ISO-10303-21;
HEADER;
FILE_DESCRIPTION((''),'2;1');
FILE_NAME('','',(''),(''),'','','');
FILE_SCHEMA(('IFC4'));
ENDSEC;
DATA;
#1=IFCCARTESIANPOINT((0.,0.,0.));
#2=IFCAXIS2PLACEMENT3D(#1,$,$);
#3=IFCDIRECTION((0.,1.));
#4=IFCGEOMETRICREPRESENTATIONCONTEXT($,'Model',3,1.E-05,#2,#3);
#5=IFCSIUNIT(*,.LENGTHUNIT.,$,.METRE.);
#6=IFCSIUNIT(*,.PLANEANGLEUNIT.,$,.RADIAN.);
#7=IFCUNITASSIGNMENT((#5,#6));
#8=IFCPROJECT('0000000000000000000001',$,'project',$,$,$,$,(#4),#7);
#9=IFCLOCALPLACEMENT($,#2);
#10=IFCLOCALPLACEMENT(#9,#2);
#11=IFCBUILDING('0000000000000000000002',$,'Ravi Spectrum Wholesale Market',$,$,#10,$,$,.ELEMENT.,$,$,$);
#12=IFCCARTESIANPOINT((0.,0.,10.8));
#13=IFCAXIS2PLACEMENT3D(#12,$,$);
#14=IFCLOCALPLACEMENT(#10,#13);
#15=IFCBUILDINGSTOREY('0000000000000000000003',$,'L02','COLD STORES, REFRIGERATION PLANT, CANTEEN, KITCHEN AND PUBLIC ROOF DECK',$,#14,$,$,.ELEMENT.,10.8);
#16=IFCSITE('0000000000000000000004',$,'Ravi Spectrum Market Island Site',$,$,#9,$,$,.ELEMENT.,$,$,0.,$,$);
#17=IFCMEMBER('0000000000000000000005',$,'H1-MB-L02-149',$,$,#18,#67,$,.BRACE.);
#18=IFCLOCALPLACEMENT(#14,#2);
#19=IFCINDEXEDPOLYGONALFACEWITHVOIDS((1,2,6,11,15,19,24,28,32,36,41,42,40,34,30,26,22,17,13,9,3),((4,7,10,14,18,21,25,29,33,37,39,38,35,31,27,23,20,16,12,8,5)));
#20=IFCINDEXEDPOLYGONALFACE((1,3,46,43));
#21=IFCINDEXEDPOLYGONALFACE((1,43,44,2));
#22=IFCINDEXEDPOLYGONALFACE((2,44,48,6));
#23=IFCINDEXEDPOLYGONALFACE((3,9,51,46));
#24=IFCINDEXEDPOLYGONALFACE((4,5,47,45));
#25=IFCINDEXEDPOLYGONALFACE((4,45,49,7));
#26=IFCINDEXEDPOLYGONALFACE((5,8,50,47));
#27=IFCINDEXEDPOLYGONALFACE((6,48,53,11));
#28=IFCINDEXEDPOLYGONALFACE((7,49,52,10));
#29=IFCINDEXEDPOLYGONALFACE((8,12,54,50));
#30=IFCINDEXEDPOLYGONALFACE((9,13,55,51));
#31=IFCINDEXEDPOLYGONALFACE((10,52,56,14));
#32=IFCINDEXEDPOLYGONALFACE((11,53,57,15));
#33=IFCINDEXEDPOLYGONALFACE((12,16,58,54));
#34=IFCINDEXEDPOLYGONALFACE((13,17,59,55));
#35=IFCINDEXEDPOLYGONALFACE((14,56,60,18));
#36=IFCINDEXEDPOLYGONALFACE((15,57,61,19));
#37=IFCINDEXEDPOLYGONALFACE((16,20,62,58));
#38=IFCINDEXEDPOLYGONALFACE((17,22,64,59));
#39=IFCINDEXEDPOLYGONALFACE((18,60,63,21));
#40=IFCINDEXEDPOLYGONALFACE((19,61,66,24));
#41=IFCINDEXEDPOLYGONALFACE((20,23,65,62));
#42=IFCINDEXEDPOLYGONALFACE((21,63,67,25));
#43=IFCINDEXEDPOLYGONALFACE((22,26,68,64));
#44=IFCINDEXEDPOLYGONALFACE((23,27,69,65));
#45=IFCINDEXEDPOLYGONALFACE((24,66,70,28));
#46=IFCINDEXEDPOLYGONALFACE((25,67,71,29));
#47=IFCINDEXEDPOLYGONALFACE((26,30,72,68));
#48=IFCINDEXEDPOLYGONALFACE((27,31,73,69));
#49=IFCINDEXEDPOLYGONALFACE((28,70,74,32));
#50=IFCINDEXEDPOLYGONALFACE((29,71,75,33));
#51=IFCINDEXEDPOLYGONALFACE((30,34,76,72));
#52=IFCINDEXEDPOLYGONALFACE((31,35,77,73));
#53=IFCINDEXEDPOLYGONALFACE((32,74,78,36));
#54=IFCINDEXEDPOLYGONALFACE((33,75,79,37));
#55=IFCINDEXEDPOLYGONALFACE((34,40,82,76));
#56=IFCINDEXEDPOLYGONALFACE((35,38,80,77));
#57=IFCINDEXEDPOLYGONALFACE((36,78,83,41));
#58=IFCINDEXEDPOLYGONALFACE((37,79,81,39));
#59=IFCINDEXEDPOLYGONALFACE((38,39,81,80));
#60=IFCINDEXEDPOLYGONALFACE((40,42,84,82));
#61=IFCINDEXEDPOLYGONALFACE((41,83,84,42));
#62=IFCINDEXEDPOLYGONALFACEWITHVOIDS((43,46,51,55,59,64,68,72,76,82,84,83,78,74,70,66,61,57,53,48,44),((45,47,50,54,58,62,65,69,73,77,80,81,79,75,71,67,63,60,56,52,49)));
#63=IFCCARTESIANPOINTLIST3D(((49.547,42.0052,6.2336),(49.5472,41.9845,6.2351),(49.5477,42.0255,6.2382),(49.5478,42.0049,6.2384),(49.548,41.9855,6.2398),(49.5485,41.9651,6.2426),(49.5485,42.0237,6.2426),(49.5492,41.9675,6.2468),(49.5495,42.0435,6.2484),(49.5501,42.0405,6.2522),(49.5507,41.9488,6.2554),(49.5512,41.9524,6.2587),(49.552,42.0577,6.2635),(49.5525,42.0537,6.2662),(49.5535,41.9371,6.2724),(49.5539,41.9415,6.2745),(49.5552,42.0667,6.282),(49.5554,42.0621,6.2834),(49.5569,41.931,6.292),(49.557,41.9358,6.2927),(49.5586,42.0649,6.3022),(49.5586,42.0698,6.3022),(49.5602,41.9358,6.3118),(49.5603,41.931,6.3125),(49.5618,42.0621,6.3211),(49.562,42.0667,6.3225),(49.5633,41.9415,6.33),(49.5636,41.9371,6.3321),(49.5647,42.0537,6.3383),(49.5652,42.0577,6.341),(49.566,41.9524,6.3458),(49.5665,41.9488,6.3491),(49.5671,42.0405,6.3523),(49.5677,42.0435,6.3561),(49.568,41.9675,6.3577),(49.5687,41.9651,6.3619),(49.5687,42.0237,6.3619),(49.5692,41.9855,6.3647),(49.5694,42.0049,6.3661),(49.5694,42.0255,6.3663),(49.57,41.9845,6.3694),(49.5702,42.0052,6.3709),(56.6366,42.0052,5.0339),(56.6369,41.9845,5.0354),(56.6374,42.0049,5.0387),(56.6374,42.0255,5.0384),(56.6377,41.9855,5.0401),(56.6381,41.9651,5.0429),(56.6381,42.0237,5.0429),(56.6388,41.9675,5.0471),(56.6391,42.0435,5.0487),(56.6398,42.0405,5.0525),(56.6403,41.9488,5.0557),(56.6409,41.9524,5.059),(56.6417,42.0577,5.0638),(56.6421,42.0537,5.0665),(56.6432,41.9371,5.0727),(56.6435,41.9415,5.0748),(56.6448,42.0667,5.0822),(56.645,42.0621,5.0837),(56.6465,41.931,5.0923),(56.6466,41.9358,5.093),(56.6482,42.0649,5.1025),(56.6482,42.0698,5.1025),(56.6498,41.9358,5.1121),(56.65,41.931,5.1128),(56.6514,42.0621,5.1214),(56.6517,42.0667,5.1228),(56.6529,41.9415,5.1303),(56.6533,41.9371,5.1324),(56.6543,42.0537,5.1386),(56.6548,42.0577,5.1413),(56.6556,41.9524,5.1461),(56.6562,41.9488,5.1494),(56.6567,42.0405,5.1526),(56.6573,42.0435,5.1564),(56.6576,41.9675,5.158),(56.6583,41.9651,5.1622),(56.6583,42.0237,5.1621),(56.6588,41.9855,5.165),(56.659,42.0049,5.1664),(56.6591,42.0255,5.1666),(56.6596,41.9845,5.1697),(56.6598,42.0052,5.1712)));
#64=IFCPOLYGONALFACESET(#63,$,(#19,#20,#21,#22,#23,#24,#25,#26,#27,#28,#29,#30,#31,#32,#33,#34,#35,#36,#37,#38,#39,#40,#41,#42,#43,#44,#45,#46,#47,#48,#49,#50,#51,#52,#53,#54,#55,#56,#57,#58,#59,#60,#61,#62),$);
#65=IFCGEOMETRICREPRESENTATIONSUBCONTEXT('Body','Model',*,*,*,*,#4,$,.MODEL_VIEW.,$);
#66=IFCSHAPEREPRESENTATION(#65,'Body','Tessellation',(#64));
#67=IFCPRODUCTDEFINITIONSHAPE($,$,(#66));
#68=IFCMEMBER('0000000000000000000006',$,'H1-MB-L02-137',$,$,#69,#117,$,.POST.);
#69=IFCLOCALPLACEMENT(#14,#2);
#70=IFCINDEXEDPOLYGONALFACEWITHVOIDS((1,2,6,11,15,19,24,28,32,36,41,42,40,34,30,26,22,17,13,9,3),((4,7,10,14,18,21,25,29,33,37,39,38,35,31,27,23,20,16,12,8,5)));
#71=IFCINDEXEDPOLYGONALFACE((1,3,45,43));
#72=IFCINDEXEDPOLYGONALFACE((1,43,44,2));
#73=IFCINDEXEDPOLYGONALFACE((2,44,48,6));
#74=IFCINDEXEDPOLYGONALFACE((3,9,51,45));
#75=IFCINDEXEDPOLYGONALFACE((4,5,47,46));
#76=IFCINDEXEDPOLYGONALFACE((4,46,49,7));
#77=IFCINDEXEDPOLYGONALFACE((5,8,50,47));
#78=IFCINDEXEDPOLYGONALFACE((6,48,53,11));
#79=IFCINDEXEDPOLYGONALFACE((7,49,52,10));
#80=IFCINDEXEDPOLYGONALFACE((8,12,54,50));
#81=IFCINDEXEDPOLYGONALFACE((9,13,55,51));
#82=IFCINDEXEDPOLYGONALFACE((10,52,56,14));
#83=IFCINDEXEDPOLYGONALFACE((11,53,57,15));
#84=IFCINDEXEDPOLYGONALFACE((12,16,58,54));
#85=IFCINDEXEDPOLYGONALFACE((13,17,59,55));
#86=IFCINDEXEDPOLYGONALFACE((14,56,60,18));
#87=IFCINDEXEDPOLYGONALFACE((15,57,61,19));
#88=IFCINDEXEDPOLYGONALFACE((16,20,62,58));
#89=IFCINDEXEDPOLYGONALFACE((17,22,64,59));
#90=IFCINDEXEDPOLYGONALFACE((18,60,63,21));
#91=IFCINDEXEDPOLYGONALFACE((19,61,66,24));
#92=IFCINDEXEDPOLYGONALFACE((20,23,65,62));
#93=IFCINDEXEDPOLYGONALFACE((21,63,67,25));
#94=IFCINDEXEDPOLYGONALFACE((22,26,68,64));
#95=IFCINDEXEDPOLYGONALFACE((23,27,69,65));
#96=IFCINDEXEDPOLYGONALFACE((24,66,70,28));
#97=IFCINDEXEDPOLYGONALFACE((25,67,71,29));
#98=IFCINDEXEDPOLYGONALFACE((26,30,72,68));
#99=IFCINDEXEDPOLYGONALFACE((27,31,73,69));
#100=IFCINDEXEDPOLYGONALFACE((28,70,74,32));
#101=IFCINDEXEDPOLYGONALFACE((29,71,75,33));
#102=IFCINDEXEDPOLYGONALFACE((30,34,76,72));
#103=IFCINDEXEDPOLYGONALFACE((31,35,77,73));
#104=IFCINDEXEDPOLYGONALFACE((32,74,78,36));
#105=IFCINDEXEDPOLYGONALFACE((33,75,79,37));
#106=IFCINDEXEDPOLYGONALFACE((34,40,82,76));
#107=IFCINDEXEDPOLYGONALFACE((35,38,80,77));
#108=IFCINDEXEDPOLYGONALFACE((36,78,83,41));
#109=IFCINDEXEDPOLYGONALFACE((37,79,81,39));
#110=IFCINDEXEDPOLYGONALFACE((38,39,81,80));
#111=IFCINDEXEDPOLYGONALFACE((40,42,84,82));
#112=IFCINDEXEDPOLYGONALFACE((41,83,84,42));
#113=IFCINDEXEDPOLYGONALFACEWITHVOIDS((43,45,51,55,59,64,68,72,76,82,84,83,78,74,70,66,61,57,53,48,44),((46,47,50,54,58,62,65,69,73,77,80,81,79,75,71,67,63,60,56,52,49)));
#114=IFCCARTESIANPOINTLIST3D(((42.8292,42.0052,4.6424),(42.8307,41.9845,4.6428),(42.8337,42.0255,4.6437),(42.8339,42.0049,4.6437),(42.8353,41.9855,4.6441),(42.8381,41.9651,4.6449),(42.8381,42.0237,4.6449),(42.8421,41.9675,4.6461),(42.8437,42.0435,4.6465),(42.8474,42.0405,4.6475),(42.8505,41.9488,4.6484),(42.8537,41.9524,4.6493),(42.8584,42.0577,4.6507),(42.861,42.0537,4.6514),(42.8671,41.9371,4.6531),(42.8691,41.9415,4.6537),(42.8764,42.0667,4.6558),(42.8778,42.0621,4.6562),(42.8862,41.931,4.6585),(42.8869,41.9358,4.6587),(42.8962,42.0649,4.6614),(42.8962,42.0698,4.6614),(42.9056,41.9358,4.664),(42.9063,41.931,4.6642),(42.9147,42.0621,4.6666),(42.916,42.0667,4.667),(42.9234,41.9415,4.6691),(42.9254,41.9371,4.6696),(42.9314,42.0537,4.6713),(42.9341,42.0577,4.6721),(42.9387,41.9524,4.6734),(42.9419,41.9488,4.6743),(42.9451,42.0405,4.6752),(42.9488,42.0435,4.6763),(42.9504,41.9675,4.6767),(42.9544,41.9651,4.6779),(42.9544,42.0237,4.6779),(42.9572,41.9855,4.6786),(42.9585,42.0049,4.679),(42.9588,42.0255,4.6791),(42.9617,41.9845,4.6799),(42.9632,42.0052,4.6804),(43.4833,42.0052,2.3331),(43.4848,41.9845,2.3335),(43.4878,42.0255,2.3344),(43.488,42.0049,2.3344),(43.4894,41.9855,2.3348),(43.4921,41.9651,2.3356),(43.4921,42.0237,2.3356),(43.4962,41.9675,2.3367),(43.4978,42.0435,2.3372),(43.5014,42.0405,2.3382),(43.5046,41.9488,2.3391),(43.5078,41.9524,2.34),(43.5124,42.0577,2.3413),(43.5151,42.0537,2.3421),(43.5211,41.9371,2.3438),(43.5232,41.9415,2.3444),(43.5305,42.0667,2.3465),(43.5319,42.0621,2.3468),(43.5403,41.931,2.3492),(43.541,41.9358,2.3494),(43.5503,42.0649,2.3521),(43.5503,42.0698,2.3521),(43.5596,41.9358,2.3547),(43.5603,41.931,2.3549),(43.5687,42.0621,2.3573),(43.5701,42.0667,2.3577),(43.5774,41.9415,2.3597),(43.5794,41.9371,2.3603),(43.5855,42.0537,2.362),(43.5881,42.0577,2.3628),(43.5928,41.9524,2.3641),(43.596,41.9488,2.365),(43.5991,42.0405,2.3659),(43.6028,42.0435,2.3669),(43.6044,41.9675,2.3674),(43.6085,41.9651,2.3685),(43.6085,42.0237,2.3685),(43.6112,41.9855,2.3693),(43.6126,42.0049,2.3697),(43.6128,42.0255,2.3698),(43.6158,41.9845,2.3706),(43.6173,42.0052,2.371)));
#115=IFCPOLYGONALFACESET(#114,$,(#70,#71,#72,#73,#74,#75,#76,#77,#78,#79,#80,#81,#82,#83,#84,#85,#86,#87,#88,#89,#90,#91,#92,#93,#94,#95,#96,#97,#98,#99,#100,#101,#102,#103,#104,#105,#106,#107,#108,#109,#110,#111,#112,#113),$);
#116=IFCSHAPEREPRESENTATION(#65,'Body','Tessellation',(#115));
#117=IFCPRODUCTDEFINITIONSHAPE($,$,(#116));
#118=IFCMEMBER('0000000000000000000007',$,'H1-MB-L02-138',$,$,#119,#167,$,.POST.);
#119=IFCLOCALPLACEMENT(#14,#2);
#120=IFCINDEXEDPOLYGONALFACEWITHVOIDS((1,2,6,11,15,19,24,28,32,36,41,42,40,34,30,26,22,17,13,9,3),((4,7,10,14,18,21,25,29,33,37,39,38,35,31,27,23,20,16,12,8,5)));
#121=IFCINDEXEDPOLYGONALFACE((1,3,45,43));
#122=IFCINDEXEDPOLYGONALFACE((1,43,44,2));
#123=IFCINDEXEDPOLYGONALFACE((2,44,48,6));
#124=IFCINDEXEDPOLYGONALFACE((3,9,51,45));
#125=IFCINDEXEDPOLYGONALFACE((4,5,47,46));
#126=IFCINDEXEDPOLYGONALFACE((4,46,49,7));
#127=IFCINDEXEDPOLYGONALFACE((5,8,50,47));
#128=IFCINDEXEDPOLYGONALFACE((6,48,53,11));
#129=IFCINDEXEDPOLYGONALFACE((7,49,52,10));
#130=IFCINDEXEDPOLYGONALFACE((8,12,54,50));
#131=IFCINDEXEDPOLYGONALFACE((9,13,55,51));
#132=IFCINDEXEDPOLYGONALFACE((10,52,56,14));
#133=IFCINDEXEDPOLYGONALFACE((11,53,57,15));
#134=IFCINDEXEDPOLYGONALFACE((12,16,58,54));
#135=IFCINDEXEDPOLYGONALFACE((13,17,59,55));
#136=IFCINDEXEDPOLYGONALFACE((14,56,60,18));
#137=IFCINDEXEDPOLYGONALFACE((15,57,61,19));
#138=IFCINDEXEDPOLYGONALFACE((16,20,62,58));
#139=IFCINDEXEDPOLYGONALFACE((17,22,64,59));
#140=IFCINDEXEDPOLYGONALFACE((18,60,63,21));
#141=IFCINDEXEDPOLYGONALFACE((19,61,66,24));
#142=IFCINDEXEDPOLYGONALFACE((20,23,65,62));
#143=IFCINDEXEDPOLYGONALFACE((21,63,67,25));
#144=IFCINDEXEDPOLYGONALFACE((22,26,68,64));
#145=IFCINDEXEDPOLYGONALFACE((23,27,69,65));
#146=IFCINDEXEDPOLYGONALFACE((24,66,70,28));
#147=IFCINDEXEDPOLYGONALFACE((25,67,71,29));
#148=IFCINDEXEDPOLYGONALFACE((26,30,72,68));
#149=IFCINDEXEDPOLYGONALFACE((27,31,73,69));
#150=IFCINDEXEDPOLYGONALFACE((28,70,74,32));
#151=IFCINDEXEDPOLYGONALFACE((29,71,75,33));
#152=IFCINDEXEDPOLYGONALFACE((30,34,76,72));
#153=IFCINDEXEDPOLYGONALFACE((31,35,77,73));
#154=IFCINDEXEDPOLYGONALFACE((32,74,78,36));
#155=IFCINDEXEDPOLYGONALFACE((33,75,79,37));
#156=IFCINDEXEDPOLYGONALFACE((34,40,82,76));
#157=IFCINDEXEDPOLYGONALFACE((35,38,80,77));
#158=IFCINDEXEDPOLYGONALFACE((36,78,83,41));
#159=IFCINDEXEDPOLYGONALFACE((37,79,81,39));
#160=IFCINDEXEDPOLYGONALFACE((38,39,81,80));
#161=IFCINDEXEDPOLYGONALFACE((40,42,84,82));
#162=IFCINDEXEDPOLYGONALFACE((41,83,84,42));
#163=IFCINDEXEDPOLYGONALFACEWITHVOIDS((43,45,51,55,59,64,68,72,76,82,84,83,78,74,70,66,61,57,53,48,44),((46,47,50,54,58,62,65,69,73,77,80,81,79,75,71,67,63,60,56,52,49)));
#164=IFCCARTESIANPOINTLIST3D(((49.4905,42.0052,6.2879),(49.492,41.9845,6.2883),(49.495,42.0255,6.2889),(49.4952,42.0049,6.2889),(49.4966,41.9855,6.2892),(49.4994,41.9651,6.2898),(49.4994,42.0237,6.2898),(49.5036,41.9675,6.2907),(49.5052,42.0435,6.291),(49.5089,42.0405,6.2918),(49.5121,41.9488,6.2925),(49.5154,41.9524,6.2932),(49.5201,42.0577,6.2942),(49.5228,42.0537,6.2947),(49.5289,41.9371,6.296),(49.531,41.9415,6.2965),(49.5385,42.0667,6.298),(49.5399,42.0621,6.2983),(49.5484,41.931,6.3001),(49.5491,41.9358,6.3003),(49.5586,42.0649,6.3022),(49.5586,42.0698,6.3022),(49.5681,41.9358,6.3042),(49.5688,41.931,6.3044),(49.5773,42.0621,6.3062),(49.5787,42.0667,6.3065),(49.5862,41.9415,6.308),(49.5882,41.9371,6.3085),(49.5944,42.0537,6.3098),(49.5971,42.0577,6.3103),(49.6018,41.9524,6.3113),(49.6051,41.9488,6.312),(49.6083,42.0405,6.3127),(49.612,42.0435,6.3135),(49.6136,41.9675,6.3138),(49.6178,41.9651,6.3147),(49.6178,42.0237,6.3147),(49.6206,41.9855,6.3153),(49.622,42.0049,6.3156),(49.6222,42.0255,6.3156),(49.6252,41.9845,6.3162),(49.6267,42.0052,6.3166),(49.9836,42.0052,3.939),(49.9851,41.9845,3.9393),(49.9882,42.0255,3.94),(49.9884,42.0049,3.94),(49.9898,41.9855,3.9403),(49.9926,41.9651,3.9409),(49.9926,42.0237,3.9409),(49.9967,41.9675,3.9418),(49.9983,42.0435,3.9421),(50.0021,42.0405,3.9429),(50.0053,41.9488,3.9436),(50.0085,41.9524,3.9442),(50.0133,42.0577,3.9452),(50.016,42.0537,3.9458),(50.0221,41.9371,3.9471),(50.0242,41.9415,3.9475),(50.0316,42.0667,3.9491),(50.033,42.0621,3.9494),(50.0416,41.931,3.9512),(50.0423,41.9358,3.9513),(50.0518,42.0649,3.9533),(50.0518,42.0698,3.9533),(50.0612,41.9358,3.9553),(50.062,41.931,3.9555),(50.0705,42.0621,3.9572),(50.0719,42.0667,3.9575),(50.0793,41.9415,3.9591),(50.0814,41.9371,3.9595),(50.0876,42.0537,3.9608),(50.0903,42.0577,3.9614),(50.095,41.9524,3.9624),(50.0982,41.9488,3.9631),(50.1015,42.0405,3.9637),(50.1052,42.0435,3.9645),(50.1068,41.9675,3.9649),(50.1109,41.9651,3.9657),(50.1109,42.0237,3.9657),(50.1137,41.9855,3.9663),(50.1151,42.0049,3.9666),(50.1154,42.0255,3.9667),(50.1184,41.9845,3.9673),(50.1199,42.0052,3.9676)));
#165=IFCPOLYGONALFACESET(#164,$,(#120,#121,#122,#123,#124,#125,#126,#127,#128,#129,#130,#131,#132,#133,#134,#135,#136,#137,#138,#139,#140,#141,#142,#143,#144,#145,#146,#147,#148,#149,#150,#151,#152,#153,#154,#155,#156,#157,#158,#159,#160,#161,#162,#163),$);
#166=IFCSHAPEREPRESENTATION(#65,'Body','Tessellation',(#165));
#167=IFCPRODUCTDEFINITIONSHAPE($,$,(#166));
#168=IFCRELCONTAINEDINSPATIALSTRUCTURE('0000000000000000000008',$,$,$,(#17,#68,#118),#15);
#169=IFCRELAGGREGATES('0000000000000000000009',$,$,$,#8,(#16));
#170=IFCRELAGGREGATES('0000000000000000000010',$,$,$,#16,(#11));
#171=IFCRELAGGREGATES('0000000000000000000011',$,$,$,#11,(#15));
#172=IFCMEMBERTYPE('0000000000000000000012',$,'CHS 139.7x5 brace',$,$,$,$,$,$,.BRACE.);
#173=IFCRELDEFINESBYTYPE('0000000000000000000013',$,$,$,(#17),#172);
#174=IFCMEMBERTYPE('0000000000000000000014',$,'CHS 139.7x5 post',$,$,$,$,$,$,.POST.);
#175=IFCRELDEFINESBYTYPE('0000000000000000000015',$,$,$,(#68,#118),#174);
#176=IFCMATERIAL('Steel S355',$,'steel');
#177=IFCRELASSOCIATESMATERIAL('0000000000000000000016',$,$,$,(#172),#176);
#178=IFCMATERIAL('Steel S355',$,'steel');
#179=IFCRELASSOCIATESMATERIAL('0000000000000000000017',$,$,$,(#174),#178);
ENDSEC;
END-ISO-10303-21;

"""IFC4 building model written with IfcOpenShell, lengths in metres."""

from ifc_helpers import new_model, si_unit, direction, frame, origin, origin_2d, place, context, subcontext, project, spatial, hollow_circle, extrude, material, material_profile, profile_set, type_object, element, save


model = new_model("IFC4")

# Units and contexts
model_context = context("Model", 3, precision=1e-05, world=origin(), true_north=direction((0.0, 1.0)))
body_context = subcontext(model_context, "Body", "Model", "MODEL_VIEW")
ifc_project = project(units=[si_unit("LENGTHUNIT", "METRE"), si_unit("PLANEANGLEUNIT", "RADIAN")], contexts=[model_context])

# Site, building, storey
site_placement = place(None, origin())
site = spatial("IfcSite", under=ifc_project, at=site_placement, Name="Ravi Spectrum Market Island Site", CompositionType="ELEMENT", RefElevation=0.0)
building_placement = place(site_placement, origin())
building = spatial("IfcBuilding", under=site, at=building_placement, Name="Ravi Spectrum Wholesale Market", CompositionType="ELEMENT")
storey_placement = place(building_placement, frame((0.0, 0.0, 10.8)))
storey = spatial("IfcBuildingStorey", under=building, at=storey_placement, Name="L02", Description="COLD STORES, REFRIGERATION PLANT, CANTEEN, KITCHEN AND PUBLIC ROOF DECK", CompositionType="ELEMENT", Elevation=10.8)

# Members
ifc_material_1 = material(Name="Steel S355", Category="steel")
ifc_material_profile_1 = material_profile(ifc_material_1, hollow_circle(Radius=0.0698, WallThickness=0.0049, at=origin_2d()))
ifc_profile_set_1 = profile_set([ifc_material_profile_1], Name="Steel S355")
member_type_1 = type_object("IfcMemberType", Name="CHS 139.7x5 brace", PredefinedType="BRACE", material=ifc_profile_set_1)
member_1_placement = place(storey_placement, frame((49.5586, 42.0, 6.3022), z_axis=(0.985983, 0.0, -0.166849), x_axis=(0.0, 1.0, 0.0)))
element("IfcMember", 1, at=member_1_placement, inside=storey, type_object=member_type_1, Name="H1-MB-L02-149", PredefinedType="BRACE", context=body_context, shape_type="SweptSolid", body=[
    extrude(hollow_circle(Radius=0.0698, WallThickness=0.0049, at=origin_2d()), origin(), (0.0, 0.0, 1.0), 7.1904),
])
ifc_material_2 = material(Name="Steel S355", Category="steel")
ifc_material_profile_2 = material_profile(ifc_material_2, hollow_circle(Radius=0.0698, WallThickness=0.0049, at=origin_2d()))
ifc_profile_set_2 = profile_set([ifc_material_profile_2], Name="Steel S355")
member_type_2 = type_object("IfcMemberType", Name="CHS 139.7x5 post", PredefinedType="POST", material=ifc_profile_set_2)
for number, where, z_axis, x_axis, name in (
    (2, (42.8962, 42.0, 4.6614), (0.272504, 0.0, -0.962155), (0.0, 1.0, 0.0), "H1-MB-L02-137"),
    (3, (49.5586, 42.0, 6.3022), (0.205477, 0.0, -0.978662), (0.0, 1.0, 0.0), "H1-MB-L02-138"),
):
    element("IfcMember", number, at=place(storey_placement, frame(where, z_axis=z_axis, x_axis=x_axis)), inside=storey, type_object=member_type_2, Name=name, PredefinedType="POST", context=body_context, shape_type="SweptSolid", body=[
        extrude(hollow_circle(Radius=0.0698, WallThickness=0.0049, at=origin_2d()), origin(), (0.0, 0.0, 1.0), 2.4001),
    ])

save(model, "model.ifc")
